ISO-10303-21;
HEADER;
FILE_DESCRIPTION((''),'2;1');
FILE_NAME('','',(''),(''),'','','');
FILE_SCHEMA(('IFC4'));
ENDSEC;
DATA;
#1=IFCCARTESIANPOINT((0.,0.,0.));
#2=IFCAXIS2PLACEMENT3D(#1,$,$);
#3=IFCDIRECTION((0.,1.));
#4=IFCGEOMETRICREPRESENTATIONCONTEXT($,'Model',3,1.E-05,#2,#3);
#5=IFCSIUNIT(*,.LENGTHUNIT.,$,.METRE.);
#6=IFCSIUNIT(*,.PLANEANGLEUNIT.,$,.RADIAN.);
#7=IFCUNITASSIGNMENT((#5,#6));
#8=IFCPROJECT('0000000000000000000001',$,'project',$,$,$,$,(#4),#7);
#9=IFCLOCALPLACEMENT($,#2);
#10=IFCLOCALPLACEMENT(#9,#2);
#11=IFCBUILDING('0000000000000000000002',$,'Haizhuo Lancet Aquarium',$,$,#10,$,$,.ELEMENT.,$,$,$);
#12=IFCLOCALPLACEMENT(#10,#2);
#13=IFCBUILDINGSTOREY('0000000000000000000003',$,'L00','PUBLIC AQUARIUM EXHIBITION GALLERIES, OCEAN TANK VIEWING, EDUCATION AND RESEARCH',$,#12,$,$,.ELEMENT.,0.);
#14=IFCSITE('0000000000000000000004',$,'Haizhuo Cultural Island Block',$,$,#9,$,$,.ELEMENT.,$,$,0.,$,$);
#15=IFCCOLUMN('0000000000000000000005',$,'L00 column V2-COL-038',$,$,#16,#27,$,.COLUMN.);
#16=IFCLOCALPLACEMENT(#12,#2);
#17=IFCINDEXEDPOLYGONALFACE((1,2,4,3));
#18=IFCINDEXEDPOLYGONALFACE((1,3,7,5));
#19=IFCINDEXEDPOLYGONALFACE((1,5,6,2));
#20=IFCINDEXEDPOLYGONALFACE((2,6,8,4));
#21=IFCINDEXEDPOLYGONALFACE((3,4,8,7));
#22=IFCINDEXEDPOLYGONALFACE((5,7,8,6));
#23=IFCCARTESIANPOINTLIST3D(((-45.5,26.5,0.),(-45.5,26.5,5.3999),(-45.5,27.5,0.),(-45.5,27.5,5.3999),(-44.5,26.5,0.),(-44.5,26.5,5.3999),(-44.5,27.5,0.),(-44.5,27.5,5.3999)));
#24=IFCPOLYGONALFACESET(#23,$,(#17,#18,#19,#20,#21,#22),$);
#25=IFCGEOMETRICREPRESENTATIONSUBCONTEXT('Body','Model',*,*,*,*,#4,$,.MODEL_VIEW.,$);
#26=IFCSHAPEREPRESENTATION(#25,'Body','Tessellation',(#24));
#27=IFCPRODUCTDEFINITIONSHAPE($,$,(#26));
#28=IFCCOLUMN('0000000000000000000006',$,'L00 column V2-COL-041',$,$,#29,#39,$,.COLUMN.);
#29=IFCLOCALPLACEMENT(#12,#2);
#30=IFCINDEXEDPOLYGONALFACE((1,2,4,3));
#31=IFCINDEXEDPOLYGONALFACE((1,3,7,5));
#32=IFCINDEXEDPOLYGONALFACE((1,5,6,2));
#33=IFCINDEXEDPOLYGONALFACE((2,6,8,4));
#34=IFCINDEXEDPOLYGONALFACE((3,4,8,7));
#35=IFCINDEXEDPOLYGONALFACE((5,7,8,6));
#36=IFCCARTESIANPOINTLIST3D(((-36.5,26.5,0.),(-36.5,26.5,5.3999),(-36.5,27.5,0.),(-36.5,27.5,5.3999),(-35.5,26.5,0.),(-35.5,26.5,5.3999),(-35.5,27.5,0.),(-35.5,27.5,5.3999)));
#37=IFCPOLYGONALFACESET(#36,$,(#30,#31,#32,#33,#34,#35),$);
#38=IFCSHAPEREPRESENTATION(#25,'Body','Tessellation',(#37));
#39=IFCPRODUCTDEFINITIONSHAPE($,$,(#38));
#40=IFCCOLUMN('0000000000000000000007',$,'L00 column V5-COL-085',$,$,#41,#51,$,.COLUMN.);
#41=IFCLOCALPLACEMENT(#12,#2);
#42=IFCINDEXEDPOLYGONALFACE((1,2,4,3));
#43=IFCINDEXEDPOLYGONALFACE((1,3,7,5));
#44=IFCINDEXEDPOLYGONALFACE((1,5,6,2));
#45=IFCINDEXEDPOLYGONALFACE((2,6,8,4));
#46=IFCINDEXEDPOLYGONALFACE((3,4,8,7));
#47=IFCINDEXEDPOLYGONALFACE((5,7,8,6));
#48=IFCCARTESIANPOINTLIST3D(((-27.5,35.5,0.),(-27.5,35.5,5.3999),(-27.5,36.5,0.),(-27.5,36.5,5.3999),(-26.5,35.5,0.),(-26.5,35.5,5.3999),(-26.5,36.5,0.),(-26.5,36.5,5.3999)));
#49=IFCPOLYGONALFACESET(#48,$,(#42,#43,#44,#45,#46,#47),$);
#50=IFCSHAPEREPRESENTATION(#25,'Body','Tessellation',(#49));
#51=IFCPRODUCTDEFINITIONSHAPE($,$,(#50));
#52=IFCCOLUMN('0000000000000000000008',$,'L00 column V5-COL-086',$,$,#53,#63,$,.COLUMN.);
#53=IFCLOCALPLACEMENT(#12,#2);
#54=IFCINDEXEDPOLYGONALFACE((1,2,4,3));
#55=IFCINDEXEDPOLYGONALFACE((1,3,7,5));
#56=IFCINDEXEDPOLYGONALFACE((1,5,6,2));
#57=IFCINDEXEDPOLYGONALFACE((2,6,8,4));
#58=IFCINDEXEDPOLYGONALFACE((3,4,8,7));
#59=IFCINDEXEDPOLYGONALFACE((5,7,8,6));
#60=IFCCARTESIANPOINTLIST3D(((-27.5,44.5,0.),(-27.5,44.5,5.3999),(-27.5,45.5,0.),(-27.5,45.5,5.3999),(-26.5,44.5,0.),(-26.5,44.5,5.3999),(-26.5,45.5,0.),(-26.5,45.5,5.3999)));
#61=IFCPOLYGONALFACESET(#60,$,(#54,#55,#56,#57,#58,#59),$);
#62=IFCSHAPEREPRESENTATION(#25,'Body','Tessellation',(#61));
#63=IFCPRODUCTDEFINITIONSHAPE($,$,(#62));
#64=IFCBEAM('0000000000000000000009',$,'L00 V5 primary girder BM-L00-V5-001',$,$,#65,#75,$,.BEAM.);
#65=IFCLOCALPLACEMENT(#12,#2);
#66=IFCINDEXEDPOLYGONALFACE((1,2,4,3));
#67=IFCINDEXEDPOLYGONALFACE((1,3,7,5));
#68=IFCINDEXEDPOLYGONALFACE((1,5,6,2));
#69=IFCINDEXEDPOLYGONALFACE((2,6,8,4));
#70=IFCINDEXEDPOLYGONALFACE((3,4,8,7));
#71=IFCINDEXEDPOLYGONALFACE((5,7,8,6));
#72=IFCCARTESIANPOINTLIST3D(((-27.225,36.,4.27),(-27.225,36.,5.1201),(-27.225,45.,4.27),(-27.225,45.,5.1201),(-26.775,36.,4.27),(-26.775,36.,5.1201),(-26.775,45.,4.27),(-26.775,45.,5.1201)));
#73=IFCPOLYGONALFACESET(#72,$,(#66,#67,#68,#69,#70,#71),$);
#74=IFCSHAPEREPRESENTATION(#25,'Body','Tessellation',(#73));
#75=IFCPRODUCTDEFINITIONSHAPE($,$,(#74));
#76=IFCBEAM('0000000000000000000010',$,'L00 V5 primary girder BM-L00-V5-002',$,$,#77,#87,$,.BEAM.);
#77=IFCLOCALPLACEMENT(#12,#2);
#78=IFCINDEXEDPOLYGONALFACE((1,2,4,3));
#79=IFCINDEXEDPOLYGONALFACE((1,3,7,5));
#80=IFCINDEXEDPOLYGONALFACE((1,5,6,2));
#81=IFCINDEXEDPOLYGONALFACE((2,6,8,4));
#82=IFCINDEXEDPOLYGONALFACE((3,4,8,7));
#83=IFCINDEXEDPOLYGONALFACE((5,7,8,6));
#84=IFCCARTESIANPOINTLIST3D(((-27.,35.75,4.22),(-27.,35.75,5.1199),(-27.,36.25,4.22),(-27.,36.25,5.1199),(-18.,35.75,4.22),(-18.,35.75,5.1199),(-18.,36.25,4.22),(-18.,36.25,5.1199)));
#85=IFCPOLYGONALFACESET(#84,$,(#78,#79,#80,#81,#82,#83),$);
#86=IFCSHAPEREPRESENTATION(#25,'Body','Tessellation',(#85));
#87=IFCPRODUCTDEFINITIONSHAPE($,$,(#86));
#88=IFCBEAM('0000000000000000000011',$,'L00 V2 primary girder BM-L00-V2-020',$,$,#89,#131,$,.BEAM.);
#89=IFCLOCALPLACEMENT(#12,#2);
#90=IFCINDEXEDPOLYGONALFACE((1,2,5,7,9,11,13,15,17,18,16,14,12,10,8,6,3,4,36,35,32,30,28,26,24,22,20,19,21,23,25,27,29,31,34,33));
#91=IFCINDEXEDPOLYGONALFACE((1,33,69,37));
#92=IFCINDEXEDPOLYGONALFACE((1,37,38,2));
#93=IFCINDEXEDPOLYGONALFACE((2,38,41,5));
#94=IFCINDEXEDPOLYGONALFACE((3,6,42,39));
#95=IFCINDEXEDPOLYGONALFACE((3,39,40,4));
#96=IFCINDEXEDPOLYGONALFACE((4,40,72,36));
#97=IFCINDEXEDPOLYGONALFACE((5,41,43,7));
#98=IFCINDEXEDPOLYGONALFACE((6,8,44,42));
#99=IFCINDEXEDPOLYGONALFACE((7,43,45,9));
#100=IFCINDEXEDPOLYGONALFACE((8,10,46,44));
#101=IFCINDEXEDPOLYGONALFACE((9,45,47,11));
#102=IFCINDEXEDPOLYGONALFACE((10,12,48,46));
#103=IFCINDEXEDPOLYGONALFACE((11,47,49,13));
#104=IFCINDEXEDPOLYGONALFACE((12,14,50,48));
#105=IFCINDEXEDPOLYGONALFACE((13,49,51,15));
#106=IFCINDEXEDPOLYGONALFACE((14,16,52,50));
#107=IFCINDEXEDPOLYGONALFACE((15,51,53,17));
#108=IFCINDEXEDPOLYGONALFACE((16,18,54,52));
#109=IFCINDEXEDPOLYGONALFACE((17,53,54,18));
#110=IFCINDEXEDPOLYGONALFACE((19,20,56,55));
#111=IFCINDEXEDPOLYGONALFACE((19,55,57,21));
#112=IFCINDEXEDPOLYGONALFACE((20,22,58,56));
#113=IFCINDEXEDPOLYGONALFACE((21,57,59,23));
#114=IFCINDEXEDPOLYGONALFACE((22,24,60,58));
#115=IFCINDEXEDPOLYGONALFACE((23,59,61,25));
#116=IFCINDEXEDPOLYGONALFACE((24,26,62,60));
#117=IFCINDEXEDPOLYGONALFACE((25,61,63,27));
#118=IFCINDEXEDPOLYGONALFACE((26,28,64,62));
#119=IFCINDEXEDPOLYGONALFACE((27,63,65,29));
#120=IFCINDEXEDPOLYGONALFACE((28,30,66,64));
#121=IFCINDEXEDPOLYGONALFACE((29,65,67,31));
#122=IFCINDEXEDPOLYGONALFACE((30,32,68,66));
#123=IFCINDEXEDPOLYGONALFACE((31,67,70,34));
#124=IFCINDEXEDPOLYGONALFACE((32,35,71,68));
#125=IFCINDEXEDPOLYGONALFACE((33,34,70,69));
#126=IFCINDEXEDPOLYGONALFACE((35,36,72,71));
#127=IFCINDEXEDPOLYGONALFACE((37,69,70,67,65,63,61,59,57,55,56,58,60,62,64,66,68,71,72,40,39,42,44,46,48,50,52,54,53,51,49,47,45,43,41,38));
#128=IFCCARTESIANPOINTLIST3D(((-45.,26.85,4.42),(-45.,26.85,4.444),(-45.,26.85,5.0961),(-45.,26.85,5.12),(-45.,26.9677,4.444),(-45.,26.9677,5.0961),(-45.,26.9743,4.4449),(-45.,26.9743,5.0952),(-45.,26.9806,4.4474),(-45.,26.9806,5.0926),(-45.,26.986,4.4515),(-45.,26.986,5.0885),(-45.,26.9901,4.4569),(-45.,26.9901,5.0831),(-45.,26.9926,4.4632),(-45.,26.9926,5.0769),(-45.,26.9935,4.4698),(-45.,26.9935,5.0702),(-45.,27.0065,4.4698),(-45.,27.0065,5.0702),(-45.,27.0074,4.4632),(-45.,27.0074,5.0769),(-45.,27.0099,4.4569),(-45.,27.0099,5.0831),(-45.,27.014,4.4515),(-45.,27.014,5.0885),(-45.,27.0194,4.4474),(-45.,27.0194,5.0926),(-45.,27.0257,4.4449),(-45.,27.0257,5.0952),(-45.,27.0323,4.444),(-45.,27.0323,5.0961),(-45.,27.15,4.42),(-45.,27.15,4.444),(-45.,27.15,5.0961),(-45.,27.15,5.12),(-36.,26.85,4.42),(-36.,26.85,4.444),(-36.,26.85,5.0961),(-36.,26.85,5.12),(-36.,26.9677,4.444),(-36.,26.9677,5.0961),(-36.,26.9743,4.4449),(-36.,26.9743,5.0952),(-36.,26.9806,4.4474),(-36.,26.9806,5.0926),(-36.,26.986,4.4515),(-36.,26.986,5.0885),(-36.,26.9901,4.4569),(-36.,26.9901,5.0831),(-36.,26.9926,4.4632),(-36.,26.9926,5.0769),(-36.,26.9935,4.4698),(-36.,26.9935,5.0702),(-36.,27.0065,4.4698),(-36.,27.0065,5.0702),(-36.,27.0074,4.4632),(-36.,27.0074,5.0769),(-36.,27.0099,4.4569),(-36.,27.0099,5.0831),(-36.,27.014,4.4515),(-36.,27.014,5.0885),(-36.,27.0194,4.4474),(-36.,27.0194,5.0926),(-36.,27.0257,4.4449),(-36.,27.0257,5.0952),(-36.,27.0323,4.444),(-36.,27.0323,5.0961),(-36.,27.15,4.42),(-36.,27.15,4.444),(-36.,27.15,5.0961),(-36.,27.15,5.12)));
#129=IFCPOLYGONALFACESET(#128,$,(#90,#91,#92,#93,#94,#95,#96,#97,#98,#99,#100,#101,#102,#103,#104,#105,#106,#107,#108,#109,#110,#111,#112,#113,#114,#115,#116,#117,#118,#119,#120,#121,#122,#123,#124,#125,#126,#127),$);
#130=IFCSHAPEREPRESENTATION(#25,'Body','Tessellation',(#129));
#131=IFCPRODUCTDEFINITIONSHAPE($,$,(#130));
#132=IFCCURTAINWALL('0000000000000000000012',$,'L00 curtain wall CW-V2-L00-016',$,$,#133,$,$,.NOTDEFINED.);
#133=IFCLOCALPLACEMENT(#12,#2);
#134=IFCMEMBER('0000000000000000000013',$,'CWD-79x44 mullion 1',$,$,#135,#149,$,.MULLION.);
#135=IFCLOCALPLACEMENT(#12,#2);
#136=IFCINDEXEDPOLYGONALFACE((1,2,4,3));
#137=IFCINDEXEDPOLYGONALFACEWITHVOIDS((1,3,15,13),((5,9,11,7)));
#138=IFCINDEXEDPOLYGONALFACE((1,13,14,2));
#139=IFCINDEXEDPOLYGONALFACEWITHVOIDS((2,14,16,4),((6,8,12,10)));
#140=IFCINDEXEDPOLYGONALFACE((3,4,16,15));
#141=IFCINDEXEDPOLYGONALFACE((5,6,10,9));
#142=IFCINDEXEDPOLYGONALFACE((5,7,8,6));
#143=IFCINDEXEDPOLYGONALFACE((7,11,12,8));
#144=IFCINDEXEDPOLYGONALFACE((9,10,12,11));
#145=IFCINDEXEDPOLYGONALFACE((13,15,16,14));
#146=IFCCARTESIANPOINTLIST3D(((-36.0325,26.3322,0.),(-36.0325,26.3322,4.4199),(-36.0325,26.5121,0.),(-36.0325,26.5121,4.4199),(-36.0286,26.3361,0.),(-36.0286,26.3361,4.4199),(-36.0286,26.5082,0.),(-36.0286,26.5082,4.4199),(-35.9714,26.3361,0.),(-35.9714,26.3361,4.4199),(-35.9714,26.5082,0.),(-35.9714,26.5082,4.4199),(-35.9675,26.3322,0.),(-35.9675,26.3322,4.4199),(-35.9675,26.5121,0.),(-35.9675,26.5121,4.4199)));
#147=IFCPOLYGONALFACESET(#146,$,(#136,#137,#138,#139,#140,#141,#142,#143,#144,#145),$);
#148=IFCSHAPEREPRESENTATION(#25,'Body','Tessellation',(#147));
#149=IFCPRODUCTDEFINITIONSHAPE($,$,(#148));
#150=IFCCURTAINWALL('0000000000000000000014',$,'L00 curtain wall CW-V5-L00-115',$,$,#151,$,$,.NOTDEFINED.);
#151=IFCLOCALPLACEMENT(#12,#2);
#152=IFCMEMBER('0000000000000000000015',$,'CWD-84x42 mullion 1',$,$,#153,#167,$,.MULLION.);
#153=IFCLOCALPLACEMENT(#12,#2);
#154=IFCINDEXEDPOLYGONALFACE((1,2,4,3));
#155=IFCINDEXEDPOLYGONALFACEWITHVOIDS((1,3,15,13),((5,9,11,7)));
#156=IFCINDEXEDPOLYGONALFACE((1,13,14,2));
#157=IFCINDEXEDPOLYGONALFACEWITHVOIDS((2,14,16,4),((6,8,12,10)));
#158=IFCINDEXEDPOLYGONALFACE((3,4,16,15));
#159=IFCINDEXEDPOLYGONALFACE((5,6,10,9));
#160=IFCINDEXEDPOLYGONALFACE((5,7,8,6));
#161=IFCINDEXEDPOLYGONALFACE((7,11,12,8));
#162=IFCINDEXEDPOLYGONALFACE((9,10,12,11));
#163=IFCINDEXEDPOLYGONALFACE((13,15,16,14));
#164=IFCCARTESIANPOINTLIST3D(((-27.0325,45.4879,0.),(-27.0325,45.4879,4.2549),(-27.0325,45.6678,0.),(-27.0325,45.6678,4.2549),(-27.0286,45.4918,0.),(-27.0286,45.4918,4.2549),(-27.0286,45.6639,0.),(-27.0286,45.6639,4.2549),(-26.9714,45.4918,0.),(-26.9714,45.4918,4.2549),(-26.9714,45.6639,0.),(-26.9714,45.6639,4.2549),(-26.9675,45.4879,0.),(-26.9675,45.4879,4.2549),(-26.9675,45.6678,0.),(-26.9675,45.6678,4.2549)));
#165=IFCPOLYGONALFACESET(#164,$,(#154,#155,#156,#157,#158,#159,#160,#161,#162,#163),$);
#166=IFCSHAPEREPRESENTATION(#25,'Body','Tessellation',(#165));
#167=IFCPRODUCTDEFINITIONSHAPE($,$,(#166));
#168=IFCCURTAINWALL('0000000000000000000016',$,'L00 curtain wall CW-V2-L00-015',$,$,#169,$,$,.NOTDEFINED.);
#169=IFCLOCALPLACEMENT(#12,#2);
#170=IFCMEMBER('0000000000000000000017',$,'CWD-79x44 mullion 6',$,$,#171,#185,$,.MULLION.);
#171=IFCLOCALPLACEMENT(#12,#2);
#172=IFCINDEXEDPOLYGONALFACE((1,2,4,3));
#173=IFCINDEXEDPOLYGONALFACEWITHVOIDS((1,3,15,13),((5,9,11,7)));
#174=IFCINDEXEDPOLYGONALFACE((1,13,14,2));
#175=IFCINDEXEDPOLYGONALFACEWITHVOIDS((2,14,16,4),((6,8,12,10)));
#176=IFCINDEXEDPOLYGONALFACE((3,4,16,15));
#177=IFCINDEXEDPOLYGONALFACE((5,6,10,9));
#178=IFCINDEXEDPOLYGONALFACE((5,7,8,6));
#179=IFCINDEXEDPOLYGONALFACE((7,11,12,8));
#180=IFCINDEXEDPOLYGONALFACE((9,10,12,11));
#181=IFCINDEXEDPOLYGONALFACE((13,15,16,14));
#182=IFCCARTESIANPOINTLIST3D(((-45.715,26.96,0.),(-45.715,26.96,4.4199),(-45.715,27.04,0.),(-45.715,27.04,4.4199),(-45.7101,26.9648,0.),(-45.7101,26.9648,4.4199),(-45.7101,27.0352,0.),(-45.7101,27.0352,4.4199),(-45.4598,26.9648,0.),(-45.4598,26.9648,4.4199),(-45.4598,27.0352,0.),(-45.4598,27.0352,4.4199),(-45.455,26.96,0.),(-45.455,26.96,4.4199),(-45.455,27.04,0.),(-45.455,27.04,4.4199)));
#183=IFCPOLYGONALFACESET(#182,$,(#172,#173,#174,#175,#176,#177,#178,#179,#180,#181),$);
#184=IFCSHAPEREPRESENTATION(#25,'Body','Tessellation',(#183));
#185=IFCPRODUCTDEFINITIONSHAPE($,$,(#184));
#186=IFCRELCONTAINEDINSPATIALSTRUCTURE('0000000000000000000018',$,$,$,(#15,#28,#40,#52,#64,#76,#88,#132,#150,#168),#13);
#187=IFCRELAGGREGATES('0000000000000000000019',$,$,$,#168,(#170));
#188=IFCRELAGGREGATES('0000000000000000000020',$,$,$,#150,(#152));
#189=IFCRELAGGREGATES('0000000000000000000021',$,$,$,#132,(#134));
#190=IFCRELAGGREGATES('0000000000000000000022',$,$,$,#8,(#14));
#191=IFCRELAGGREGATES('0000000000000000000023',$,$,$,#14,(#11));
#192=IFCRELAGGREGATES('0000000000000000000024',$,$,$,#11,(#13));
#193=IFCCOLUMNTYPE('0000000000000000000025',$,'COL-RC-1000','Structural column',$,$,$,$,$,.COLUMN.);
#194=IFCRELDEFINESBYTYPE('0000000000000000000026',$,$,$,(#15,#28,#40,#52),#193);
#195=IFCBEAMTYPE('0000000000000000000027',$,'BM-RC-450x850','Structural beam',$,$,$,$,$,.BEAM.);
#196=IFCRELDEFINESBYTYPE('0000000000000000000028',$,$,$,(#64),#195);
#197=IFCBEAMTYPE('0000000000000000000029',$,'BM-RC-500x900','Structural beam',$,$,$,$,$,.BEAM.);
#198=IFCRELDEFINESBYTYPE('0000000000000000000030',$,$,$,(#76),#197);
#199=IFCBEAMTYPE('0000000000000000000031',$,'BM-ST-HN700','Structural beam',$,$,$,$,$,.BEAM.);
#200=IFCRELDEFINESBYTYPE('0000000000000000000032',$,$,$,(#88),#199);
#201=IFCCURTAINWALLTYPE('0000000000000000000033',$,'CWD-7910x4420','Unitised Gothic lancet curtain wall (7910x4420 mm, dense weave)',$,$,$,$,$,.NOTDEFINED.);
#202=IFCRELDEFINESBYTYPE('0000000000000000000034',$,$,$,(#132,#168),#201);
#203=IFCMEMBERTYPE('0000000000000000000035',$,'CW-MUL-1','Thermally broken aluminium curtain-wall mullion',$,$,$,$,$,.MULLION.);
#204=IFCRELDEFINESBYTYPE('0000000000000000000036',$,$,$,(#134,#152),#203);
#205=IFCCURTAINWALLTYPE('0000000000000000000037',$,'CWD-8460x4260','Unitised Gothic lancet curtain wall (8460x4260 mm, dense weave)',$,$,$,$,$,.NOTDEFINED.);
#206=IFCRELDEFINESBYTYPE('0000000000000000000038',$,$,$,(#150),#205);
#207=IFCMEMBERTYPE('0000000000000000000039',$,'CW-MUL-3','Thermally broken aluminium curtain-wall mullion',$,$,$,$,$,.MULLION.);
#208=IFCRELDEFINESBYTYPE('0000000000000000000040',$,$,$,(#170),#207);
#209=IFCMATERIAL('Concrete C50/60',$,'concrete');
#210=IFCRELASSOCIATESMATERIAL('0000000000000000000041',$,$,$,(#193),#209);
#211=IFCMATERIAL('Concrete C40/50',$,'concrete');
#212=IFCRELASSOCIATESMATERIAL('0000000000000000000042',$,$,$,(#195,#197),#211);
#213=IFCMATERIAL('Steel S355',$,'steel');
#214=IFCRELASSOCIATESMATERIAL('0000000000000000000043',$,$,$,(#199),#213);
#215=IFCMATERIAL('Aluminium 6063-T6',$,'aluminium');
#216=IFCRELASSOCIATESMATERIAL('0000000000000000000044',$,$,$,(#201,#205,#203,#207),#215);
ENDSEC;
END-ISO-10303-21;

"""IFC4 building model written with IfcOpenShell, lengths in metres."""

from ifc_helpers import new_model, si_unit, direction, frame, origin, origin_2d, place, context, subcontext, project, spatial, rectangle, hollow_rectangle, i_section, extrude, material, material_profile, profile_set, type_object, element, aggregate, save


model = new_model("IFC4")

# Units and contexts
model_context = context("Model", 3, precision=1e-05, world=origin(), true_north=direction((0.0, 1.0)))
body_context = subcontext(model_context, "Body", "Model", "MODEL_VIEW")
ifc_project = project(units=[si_unit("LENGTHUNIT", "METRE"), si_unit("PLANEANGLEUNIT", "RADIAN")], contexts=[model_context])

# Site, building, storey
site_placement = place(None, origin())
site = spatial("IfcSite", under=ifc_project, at=site_placement, Name="Haizhuo Cultural Island Block", CompositionType="ELEMENT", RefElevation=0.0)
building_placement = place(site_placement, origin())
building = spatial("IfcBuilding", under=site, at=building_placement, Name="Haizhuo Lancet Aquarium", CompositionType="ELEMENT")
storey_placement = place(building_placement, origin())
storey = spatial("IfcBuildingStorey", under=building, at=storey_placement, Name="L00", Description="PUBLIC AQUARIUM EXHIBITION GALLERIES, OCEAN TANK VIEWING, EDUCATION AND RESEARCH", CompositionType="ELEMENT", Elevation=0.0)

# Columns
ifc_material_1 = material(Name="Concrete C50/60", Category="concrete")
ifc_material_profile_1 = material_profile(ifc_material_1, rectangle(XDim=1.0, YDim=1.0, at=origin_2d()), Name="RC-COL 1000x1000")
ifc_profile_set_1 = profile_set([ifc_material_profile_1], Name="Concrete C50/60")
column_type = type_object("IfcColumnType", Name="COL-RC-1000", Description="Structural column", PredefinedType="COLUMN", material=ifc_profile_set_1)
for number, where, z_axis, x_axis, name in (
    (1, (-45.0, 27.0, 0.0), (0.0, 0.0, 1.0), (1.0, 0.0, 0.0), "L00 column V2-COL-038"),
    (2, (-36.0, 27.0, 0.0), (0.0, 0.0, 1.0), (1.0, 0.0, 0.0), "L00 column V2-COL-041"),
    (3, (-27.0, 36.0, 0.0), (0.0, 0.0, 1.0), (1.0, 0.0, 0.0), "L00 column V5-COL-085"),
    (4, (-27.0, 45.0, 0.0), (0.0, 0.0, 1.0), (1.0, 0.0, 0.0), "L00 column V5-COL-086"),
):
    element("IfcColumn", number, at=place(storey_placement, frame(where, z_axis=z_axis, x_axis=x_axis)), inside=storey, type_object=column_type, Name=name, PredefinedType="COLUMN", context=body_context, shape_type="SweptSolid", body=[
        extrude(rectangle(XDim=1.0, YDim=1.0, at=origin_2d()), origin(), (0.0, 0.0, 1.0), 5.3999),
    ])

# Beams
ifc_material_2 = material(Name="Concrete C40/50", Category="concrete")
ifc_material_profile_2 = material_profile(ifc_material_2, rectangle(XDim=0.45, YDim=0.8501, at=origin_2d()), Name="RC-BM 450x850")
ifc_profile_set_2 = profile_set([ifc_material_profile_2], Name="Concrete C40/50")
beam_type_1 = type_object("IfcBeamType", Name="BM-RC-450x850", Description="Structural beam", PredefinedType="BEAM", material=ifc_profile_set_2)
beam_1_placement = place(storey_placement, frame((-27.0, 36.0, 4.6951), z_axis=(0.0, 1.0, 0.0), x_axis=(-1.0, 0.0, 0.0)))
element("IfcBeam", 5, at=beam_1_placement, inside=storey, type_object=beam_type_1, Name="L00 V5 primary girder BM-L00-V5-001", PredefinedType="BEAM", context=body_context, shape_type="SweptSolid", body=[
    extrude(rectangle(XDim=0.45, YDim=0.8501, at=origin_2d()), origin(), (0.0, 0.0, 1.0), 9.0),
])
ifc_material_profile_3 = material_profile(ifc_material_2, rectangle(XDim=0.5, YDim=0.8999, at=origin_2d()), Name="RC-BM 500x900")
ifc_profile_set_3 = profile_set([ifc_material_profile_3], Name="Concrete C40/50")
beam_type_2 = type_object("IfcBeamType", Name="BM-RC-500x900", Description="Structural beam", PredefinedType="BEAM", material=ifc_profile_set_3)
beam_2_placement = place(storey_placement, frame((-27.0, 36.0, 4.6699), z_axis=(1.0, 0.0, 0.0), x_axis=(0.0, 1.0, 0.0)))
element("IfcBeam", 6, at=beam_2_placement, inside=storey, type_object=beam_type_2, Name="L00 V5 primary girder BM-L00-V5-002", PredefinedType="BEAM", context=body_context, shape_type="SweptSolid", body=[
    extrude(rectangle(XDim=0.5, YDim=0.8999, at=origin_2d()), origin(), (0.0, 0.0, 1.0), 9.0),
])
ifc_material_3 = material(Name="Steel S355", Category="steel")
ifc_material_profile_4 = material_profile(ifc_material_3, i_section(OverallWidth=0.3, OverallDepth=0.7, WebThickness=0.0129, FlangeThickness=0.0239, FilletRadius=0.0259, at=origin_2d()), Name="HN 700x300x13x24")
ifc_profile_set_4 = profile_set([ifc_material_profile_4], Name="Steel S355")
beam_type_3 = type_object("IfcBeamType", Name="BM-ST-HN700", Description="Structural beam", PredefinedType="BEAM", material=ifc_profile_set_4)
beam_3_placement = place(storey_placement, frame((-45.0, 27.0, 4.77), z_axis=(1.0, 0.0, 0.0), x_axis=(0.0, 1.0, 0.0)))
element("IfcBeam", 7, at=beam_3_placement, inside=storey, type_object=beam_type_3, Name="L00 V2 primary girder BM-L00-V2-020", PredefinedType="BEAM", context=body_context, shape_type="SweptSolid", body=[
    extrude(i_section(OverallWidth=0.3, OverallDepth=0.7, WebThickness=0.0129, FlangeThickness=0.0239, FilletRadius=0.0259, at=origin_2d()), origin(), (0.0, 0.0, 1.0), 9.0),
])

# Curtain walls, members
ifc_material_4 = material(Name="Aluminium 6063-T6", Category="aluminium")
curtain_wall_type_1 = type_object("IfcCurtainWallType", Name="CWD-7910x4420", Description="Unitised Gothic lancet curtain wall (7910x4420 mm, dense weave)", PredefinedType="NOTDEFINED", material=ifc_material_4)
curtain_wall_1_placement = place(storey_placement, origin())
curtain_wall_1 = element("IfcCurtainWall", 8, at=curtain_wall_1_placement, inside=storey, type_object=curtain_wall_type_1, Name="L00 curtain wall CW-V2-L00-016", PredefinedType="NOTDEFINED")
ifc_material_profile_5 = material_profile(ifc_material_4, hollow_rectangle(XDim=0.0649, YDim=0.1799, WallThickness=0.0039, at=origin_2d()), Name="ALU-M 65x180x4")
ifc_profile_set_5 = profile_set([ifc_material_profile_5], Name="Aluminium 6063-T6")
member_type_1 = type_object("IfcMemberType", Name="CW-MUL-1", Description="Thermally broken aluminium curtain-wall mullion", PredefinedType="MULLION", material=ifc_profile_set_5)
member_1_placement = place(storey_placement, frame((-36.0, 26.4221, 0.0), z_axis=(0.0, 0.0, 1.0), x_axis=(1.0, 0.0, 0.0)))
member_1 = element("IfcMember", 9, at=member_1_placement, type_object=member_type_1, Name="CWD-79x44 mullion 1", PredefinedType="MULLION", context=body_context, shape_type="SweptSolid", body=[
    extrude(hollow_rectangle(XDim=0.0649, YDim=0.1799, WallThickness=0.0039, at=origin_2d()), origin(), (0.0, 0.0, 1.0), 4.4199),
])
curtain_wall_type_2 = type_object("IfcCurtainWallType", Name="CWD-8460x4260", Description="Unitised Gothic lancet curtain wall (8460x4260 mm, dense weave)", PredefinedType="NOTDEFINED", material=ifc_material_4)
curtain_wall_2_placement = place(storey_placement, origin())
curtain_wall_2 = element("IfcCurtainWall", 10, at=curtain_wall_2_placement, inside=storey, type_object=curtain_wall_type_2, Name="L00 curtain wall CW-V5-L00-115", PredefinedType="NOTDEFINED")
member_2_placement = place(storey_placement, frame((-27.0, 45.5779, 0.0), z_axis=(0.0, 0.0, 1.0), x_axis=(-1.0, 0.0, 0.0)))
member_2 = element("IfcMember", 11, at=member_2_placement, type_object=member_type_1, Name="CWD-84x42 mullion 1", PredefinedType="MULLION", context=body_context, shape_type="SweptSolid", body=[
    extrude(hollow_rectangle(XDim=0.0649, YDim=0.1799, WallThickness=0.0039, at=origin_2d()), origin(), (0.0, 0.0, 1.0), 4.2549),
])
curtain_wall_3_placement = place(storey_placement, origin())
curtain_wall_3 = element("IfcCurtainWall", 12, at=curtain_wall_3_placement, inside=storey, type_object=curtain_wall_type_1, Name="L00 curtain wall CW-V2-L00-015", PredefinedType="NOTDEFINED")
ifc_material_profile_6 = material_profile(ifc_material_4, hollow_rectangle(XDim=0.0801, YDim=0.26, WallThickness=0.0049, at=origin_2d()), Name="ALU-M 80x260x5")
ifc_profile_set_6 = profile_set([ifc_material_profile_6], Name="Aluminium 6063-T6")
member_type_2 = type_object("IfcMemberType", Name="CW-MUL-3", Description="Thermally broken aluminium curtain-wall mullion", PredefinedType="MULLION", material=ifc_profile_set_6)
member_3_placement = place(storey_placement, frame((-45.585, 27.0, 0.0), z_axis=(0.0, 0.0, 1.0), x_axis=(0.0, 1.0, 0.0)))
member_3 = element("IfcMember", 13, at=member_3_placement, type_object=member_type_2, Name="CWD-79x44 mullion 6", PredefinedType="MULLION", context=body_context, shape_type="SweptSolid", body=[
    extrude(hollow_rectangle(XDim=0.0801, YDim=0.26, WallThickness=0.0049, at=origin_2d()), origin(), (0.0, 0.0, 1.0), 4.4199),
])
aggregate(curtain_wall_3, [member_3])

aggregate(curtain_wall_2, [member_2])

aggregate(curtain_wall_1, [member_1])

save(model, "model.ifc")
